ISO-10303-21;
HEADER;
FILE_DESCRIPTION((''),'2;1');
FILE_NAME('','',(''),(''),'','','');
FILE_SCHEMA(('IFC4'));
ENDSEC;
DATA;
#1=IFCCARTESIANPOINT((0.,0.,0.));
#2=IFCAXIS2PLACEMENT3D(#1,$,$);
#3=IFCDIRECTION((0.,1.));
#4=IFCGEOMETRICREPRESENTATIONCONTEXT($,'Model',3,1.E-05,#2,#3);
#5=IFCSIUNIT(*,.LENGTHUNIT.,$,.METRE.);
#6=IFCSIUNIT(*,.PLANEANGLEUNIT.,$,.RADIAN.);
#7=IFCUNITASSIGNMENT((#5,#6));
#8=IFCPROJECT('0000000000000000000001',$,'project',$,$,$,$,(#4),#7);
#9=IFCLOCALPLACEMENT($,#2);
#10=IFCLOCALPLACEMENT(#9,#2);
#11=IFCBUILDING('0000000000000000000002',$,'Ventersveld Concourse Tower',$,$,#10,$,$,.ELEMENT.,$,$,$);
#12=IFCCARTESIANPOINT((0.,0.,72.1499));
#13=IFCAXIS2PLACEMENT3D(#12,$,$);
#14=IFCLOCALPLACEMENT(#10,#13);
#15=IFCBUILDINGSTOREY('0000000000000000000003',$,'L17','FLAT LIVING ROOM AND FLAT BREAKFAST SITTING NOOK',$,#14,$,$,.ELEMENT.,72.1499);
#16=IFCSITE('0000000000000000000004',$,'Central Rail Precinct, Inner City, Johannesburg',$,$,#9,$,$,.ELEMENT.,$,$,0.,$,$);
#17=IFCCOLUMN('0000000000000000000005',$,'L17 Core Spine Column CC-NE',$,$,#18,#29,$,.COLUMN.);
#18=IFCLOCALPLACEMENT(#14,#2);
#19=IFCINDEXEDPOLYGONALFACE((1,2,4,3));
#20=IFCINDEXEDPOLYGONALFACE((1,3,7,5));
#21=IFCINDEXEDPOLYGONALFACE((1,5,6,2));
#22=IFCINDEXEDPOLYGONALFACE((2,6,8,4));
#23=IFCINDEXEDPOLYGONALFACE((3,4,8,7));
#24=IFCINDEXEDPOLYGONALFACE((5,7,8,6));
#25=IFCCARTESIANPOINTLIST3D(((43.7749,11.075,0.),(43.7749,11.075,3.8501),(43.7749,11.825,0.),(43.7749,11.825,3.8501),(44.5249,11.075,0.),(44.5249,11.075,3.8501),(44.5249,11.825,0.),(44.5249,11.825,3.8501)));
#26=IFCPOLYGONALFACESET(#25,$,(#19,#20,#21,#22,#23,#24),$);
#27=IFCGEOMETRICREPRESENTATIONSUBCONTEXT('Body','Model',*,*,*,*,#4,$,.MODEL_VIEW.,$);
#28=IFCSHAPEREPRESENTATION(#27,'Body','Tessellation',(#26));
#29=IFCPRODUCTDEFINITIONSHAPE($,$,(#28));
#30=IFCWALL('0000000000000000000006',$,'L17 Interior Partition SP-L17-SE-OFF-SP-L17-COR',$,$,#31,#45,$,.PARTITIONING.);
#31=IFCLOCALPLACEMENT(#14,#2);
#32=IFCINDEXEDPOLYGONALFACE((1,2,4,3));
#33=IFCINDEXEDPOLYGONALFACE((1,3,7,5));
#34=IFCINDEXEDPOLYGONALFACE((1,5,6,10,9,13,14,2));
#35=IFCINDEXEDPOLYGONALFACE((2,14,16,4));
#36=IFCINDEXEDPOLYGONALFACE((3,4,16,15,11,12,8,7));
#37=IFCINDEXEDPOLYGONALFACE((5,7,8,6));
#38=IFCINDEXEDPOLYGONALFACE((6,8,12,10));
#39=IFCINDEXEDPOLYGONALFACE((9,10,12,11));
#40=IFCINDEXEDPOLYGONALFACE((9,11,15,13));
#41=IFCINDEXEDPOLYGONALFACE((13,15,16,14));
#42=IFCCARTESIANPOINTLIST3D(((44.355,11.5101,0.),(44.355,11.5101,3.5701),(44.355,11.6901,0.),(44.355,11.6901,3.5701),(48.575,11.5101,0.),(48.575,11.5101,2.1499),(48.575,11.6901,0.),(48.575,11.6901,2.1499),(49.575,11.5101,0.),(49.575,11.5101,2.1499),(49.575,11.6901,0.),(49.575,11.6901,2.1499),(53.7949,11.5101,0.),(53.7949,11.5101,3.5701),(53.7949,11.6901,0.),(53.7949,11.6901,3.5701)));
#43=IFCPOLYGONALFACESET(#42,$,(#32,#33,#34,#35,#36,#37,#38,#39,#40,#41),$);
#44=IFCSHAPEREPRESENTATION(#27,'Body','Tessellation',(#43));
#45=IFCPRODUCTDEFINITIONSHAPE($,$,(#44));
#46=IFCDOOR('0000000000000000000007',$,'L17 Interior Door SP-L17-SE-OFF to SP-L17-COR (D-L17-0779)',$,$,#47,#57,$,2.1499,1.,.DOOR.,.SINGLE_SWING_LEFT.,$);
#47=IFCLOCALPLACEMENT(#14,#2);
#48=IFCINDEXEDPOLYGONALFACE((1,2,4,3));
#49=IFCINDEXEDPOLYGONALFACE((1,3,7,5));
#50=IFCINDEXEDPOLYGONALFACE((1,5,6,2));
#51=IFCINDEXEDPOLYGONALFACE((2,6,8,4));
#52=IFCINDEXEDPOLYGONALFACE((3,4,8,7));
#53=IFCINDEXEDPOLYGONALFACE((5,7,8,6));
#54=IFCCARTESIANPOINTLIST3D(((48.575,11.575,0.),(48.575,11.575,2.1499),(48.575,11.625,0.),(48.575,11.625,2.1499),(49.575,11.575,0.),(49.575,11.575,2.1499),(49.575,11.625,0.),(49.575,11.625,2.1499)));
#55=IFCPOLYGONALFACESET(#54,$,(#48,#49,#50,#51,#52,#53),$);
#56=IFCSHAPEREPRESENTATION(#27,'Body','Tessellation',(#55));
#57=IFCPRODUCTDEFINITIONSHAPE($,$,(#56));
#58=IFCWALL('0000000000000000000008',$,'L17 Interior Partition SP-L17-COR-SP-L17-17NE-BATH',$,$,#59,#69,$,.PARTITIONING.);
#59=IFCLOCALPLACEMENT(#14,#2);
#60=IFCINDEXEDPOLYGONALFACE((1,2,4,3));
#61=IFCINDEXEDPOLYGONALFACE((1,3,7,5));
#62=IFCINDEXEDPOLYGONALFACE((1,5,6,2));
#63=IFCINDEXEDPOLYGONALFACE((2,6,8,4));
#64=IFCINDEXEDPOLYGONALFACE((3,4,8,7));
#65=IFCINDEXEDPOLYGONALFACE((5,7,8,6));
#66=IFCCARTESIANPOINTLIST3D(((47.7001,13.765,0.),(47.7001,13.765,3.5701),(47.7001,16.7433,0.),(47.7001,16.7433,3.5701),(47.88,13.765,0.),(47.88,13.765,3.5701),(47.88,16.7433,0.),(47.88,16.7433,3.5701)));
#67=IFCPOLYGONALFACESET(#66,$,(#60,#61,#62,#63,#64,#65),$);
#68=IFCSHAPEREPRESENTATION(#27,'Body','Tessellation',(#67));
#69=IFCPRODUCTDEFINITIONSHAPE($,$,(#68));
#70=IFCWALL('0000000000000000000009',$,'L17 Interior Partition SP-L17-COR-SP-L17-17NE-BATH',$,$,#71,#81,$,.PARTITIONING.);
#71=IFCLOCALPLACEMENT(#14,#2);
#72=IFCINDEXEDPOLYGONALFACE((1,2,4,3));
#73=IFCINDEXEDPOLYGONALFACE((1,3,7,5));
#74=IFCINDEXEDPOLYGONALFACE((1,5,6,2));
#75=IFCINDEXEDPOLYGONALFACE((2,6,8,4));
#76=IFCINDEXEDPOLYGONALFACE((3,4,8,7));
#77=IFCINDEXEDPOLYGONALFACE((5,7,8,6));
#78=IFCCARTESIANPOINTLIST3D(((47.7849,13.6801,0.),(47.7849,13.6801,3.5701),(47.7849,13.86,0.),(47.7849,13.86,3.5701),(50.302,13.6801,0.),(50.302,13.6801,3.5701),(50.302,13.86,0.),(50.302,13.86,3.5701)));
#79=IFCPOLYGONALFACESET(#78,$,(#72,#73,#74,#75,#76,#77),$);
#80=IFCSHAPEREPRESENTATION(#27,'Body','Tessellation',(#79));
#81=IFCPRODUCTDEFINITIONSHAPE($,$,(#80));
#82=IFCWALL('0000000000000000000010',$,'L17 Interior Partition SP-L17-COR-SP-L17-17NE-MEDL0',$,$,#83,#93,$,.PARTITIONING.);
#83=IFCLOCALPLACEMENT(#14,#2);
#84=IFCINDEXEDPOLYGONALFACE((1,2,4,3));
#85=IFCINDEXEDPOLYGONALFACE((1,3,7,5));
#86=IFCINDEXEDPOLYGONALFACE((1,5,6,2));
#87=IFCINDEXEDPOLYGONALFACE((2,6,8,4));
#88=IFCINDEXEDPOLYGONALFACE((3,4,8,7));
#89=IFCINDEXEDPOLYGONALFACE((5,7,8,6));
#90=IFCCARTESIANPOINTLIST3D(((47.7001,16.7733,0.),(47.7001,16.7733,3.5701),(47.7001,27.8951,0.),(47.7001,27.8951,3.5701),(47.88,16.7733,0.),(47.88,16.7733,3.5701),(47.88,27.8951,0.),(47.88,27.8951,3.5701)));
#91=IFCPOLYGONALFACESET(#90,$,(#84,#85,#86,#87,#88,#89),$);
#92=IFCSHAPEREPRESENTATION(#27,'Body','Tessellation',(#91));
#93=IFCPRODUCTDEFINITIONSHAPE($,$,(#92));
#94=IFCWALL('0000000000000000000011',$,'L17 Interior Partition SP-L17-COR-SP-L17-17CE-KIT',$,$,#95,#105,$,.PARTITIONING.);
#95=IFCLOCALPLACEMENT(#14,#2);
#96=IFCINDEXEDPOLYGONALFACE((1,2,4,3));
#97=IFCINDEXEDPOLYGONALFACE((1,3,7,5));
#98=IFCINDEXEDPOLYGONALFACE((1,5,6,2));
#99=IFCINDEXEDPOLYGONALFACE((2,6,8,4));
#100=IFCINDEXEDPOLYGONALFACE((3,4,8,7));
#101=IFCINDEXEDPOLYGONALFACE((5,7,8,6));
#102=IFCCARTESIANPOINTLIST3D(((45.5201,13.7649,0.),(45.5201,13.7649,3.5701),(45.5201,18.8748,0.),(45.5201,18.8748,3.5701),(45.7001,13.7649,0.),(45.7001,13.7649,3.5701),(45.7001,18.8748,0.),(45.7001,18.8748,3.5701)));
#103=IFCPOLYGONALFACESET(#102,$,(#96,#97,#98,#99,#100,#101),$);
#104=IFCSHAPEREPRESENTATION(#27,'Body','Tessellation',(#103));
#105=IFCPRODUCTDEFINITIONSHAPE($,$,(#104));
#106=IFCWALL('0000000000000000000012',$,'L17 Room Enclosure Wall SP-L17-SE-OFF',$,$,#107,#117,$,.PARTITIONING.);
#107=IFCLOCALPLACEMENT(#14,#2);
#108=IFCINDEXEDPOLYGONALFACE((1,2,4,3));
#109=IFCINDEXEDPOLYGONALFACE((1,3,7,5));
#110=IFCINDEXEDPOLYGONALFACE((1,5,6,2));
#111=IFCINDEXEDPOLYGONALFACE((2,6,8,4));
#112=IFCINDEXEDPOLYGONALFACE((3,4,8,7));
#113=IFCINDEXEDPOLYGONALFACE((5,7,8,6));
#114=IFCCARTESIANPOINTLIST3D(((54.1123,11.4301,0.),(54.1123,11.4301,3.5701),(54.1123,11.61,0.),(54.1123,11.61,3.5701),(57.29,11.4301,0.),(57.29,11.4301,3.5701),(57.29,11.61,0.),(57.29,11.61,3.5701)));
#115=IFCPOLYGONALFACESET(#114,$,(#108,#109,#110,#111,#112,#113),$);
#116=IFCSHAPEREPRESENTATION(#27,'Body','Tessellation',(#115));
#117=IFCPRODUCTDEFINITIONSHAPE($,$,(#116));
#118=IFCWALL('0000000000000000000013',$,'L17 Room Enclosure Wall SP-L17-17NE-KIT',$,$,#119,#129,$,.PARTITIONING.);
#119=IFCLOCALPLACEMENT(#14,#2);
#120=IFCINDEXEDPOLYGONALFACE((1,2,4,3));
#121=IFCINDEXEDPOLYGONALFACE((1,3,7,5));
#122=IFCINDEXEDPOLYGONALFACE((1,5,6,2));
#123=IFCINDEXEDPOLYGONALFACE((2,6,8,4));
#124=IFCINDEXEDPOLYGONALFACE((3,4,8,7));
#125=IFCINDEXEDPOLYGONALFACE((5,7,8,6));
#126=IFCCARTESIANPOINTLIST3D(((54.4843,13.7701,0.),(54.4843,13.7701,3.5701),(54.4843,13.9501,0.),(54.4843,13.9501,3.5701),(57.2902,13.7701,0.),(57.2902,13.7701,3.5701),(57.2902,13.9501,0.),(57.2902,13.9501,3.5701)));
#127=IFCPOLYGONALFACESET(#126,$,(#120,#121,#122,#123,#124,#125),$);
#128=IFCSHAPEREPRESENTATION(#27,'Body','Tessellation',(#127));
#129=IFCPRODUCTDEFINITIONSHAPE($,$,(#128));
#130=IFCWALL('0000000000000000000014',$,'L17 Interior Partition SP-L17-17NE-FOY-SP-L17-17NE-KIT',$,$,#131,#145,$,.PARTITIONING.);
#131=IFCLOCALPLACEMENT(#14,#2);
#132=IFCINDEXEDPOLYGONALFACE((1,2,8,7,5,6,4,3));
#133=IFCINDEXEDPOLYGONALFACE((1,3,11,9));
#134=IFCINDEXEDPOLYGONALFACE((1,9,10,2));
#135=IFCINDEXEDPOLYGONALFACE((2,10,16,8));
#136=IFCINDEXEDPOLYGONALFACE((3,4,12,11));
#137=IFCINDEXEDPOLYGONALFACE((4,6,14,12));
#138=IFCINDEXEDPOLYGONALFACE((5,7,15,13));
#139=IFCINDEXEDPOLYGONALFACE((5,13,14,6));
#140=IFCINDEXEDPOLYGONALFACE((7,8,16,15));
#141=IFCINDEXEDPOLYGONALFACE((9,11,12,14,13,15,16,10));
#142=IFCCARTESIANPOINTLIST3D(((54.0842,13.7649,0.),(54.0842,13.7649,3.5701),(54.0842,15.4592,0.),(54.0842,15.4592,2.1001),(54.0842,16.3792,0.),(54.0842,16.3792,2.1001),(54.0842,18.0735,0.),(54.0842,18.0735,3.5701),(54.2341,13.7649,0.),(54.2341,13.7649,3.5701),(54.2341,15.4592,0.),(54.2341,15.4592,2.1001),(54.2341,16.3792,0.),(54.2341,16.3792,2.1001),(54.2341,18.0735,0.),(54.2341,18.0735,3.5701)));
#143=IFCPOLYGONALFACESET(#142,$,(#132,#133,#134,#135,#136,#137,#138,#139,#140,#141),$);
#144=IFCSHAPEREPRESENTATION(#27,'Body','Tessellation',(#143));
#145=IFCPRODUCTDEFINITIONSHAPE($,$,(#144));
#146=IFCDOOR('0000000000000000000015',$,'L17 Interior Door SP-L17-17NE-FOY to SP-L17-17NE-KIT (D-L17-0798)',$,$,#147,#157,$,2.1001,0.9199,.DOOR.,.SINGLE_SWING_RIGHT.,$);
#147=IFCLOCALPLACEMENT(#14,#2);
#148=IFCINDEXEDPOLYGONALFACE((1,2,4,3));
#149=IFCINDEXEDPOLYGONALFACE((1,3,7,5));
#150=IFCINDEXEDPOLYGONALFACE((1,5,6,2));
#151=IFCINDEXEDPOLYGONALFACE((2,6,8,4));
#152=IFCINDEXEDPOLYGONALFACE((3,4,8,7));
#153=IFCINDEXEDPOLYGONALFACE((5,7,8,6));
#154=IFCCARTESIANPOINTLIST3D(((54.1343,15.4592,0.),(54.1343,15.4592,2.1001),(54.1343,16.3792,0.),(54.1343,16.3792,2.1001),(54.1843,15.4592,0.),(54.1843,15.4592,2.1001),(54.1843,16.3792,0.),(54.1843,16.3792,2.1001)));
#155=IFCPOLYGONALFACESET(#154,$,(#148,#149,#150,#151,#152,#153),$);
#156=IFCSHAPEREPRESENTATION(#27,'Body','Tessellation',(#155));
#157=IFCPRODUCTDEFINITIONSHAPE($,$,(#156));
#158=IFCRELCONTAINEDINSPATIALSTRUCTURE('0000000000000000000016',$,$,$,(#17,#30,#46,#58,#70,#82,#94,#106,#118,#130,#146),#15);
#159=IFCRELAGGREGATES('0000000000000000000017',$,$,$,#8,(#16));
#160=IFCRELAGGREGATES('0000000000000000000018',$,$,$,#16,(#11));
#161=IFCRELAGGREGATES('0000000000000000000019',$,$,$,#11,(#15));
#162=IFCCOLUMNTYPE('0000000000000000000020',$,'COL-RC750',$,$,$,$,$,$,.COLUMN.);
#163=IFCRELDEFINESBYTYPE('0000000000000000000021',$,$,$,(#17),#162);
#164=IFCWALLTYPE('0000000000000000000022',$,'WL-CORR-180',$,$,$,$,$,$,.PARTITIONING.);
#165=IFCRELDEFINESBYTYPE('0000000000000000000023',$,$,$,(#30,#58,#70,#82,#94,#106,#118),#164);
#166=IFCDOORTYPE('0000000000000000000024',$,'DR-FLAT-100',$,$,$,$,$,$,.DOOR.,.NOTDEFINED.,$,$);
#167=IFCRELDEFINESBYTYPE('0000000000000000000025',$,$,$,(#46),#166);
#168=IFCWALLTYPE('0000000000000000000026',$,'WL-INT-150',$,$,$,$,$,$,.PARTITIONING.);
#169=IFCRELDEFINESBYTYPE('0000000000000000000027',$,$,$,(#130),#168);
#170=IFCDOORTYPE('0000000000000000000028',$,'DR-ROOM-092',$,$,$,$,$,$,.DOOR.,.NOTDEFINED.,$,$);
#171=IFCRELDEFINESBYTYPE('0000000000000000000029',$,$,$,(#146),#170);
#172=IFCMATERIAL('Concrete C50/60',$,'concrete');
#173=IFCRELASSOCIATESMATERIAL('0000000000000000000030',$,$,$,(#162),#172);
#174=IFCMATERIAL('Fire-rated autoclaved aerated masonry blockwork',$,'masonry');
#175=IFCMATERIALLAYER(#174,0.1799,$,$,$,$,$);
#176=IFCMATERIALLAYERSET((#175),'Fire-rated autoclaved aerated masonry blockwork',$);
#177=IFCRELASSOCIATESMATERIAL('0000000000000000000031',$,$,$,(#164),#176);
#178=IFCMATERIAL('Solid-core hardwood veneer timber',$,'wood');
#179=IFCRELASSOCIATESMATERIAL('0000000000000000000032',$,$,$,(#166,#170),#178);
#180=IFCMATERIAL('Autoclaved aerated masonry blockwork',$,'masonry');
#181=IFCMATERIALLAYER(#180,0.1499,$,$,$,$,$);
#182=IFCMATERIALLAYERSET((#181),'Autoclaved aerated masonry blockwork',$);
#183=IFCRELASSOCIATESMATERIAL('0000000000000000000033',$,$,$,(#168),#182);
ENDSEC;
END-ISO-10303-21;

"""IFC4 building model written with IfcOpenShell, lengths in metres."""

from ifc_helpers import new_model, si_unit, direction, frame, frame_2d, origin, origin_2d, place, context, subcontext, project, spatial, rectangle, extrude, material, layer, layer_set, material_profile, profile_set, type_object, element, fill, save


model = new_model("IFC4")

# Units and contexts
model_context = context("Model", 3, precision=1e-05, world=origin(), true_north=direction((0.0, 1.0)))
body_context = subcontext(model_context, "Body", "Model", "MODEL_VIEW")
ifc_project = project(units=[si_unit("LENGTHUNIT", "METRE"), si_unit("PLANEANGLEUNIT", "RADIAN")], contexts=[model_context])

# Site, building, storey
site_placement = place(None, origin())
site = spatial("IfcSite", under=ifc_project, at=site_placement, Name="Central Rail Precinct, Inner City, Johannesburg", CompositionType="ELEMENT", RefElevation=0.0)
building_placement = place(site_placement, origin())
building = spatial("IfcBuilding", under=site, at=building_placement, Name="Ventersveld Concourse Tower", CompositionType="ELEMENT")
storey_placement = place(building_placement, frame((0.0, 0.0, 72.1499)))
storey = spatial("IfcBuildingStorey", under=building, at=storey_placement, Name="L17", Description="FLAT LIVING ROOM AND FLAT BREAKFAST SITTING NOOK", CompositionType="ELEMENT", Elevation=72.1499)

# Column
ifc_material_1 = material(Name="Concrete C50/60", Category="concrete")
ifc_material_profile = material_profile(ifc_material_1, rectangle(XDim=0.75, YDim=0.75, at=origin_2d()), Name="RC 750x750")
ifc_profile_set = profile_set([ifc_material_profile], Name="Concrete C50/60")
column_type = type_object("IfcColumnType", Name="COL-RC750", PredefinedType="COLUMN", material=ifc_profile_set)
column_placement = place(storey_placement, frame((44.1499, 11.45, 0.0), z_axis=(0.0, 0.0, 1.0), x_axis=(1.0, 0.0, 0.0)))
element("IfcColumn", 1, at=column_placement, inside=storey, type_object=column_type, Name="L17 Core Spine Column CC-NE", PredefinedType="COLUMN", context=body_context, shape_type="SweptSolid", body=[
    extrude(rectangle(XDim=0.75, YDim=0.75, at=origin_2d()), origin(), (0.0, 0.0, 1.0), 3.8501),
])

# Wall, opening, door
ifc_material_2 = material(Name="Fire-rated autoclaved aerated masonry blockwork", Category="masonry")
ifc_layer_1 = layer(ifc_material_2, 0.1799)
ifc_layer_set_1 = layer_set([ifc_layer_1], Name="Fire-rated autoclaved aerated masonry blockwork")
wall_type_1 = type_object("IfcWallType", Name="WL-CORR-180", PredefinedType="PARTITIONING", material=ifc_layer_set_1)
wall_1_placement = place(storey_placement, frame((44.355, 11.6001, 0.0), z_axis=(0.0, 0.0, 1.0), x_axis=(1.0, 0.0, 0.0)))
wall_1 = element("IfcWall", 2, at=wall_1_placement, inside=storey, type_object=wall_type_1, Name="L17 Interior Partition SP-L17-SE-OFF-SP-L17-COR", PredefinedType="PARTITIONING", context=body_context, shape_type="SweptSolid", body=[
    extrude(rectangle(XDim=9.4399, YDim=0.1799, at=frame_2d((4.72, 0.0))), origin(), (0.0, 0.0, 1.0), 3.5701),
])
opening_1_placement = place(wall_1_placement, frame((4.22, 0.0, 0.0)))
opening_1 = element("IfcOpeningElement", 3, at=opening_1_placement, cuts=wall_1, PredefinedType="OPENING", context=body_context, shape_type="SweptSolid", body=[
    extrude(rectangle(XDim=1.0, YDim=2.1499, at=frame_2d((0.5, 1.075))), frame((0.0, 0.1001, 0.0), z_axis=(0.0, -1.0, 0.0), x_axis=(1.0, 0.0, 0.0)), (0.0, 0.0, 1.0), 0.2),
])
ifc_material_3 = material(Name="Solid-core hardwood veneer timber", Category="wood")
door_type_1 = type_object("IfcDoorType", Name="DR-FLAT-100", OperationType="NOTDEFINED", PredefinedType="DOOR", material=ifc_material_3)
door_1_placement = place(opening_1_placement, origin())
door_1 = element("IfcDoor", 4, at=door_1_placement, inside=storey, type_object=door_type_1, Name="L17 Interior Door SP-L17-SE-OFF to SP-L17-COR (D-L17-0779)", OperationType="SINGLE_SWING_LEFT", OverallHeight=2.1499, OverallWidth=1.0, PredefinedType="DOOR", context=body_context, shape_type="SweptSolid", body=[
    extrude(rectangle(XDim=1.0, YDim=2.1499, at=frame_2d((0.5, 1.075))), frame((0.0, 0.0249, 0.0), z_axis=(0.0, -1.0, 0.0), x_axis=(1.0, 0.0, 0.0)), (0.0, 0.0, 1.0), 0.05),
])
fill(opening_1, door_1)

# Walls
wall_2_placement = place(storey_placement, frame((47.79, 13.7649, 0.0), z_axis=(0.0, 0.0, 1.0), x_axis=(0.0, 1.0, 0.0)))
element("IfcWall", 5, at=wall_2_placement, inside=storey, type_object=wall_type_1, Name="L17 Interior Partition SP-L17-COR-SP-L17-17NE-BATH", PredefinedType="PARTITIONING", context=body_context, shape_type="SweptSolid", body=[
    extrude(rectangle(XDim=2.9783, YDim=0.1799, at=frame_2d((1.4893, 0.0))), origin(), (0.0, 0.0, 1.0), 3.5701),
])
wall_3_placement = place(storey_placement, frame((47.7849, 13.77, 0.0), z_axis=(0.0, 0.0, 1.0), x_axis=(1.0, 0.0, 0.0)))
element("IfcWall", 6, at=wall_3_placement, inside=storey, type_object=wall_type_1, Name="L17 Interior Partition SP-L17-COR-SP-L17-17NE-BATH", PredefinedType="PARTITIONING", context=body_context, shape_type="SweptSolid", body=[
    extrude(rectangle(XDim=2.5171, YDim=0.1799, at=frame_2d((1.2585, 0.0))), origin(), (0.0, 0.0, 1.0), 3.5701),
])
wall_4_placement = place(storey_placement, frame((47.79, 16.7732, 0.0), z_axis=(0.0, 0.0, 1.0), x_axis=(0.0, 1.0, 0.0)))
element("IfcWall", 7, at=wall_4_placement, inside=storey, type_object=wall_type_1, Name="L17 Interior Partition SP-L17-COR-SP-L17-17NE-MEDL0", PredefinedType="PARTITIONING", context=body_context, shape_type="SweptSolid", body=[
    extrude(rectangle(XDim=11.1218, YDim=0.1799, at=frame_2d((5.561, 0.0))), origin(), (0.0, 0.0, 1.0), 3.5701),
])
wall_5_placement = place(storey_placement, frame((45.6101, 13.7649, 0.0), z_axis=(0.0, 0.0, 1.0), x_axis=(0.0, 1.0, 0.0)))
element("IfcWall", 8, at=wall_5_placement, inside=storey, type_object=wall_type_1, Name="L17 Interior Partition SP-L17-COR-SP-L17-17CE-KIT", PredefinedType="PARTITIONING", context=body_context, shape_type="SweptSolid", body=[
    extrude(rectangle(XDim=5.1099, YDim=0.1799, at=frame_2d((2.5549, 0.0))), origin(), (0.0, 0.0, 1.0), 3.5701),
])
wall_6_placement = place(storey_placement, frame((54.1123, 11.52, 0.0), z_axis=(0.0, 0.0, 1.0), x_axis=(1.0, 0.0, 0.0)))
element("IfcWall", 9, at=wall_6_placement, inside=storey, type_object=wall_type_1, Name="L17 Room Enclosure Wall SP-L17-SE-OFF", PredefinedType="PARTITIONING", context=body_context, shape_type="SweptSolid", body=[
    extrude(rectangle(XDim=3.1777, YDim=0.1799, at=frame_2d((1.5889, 0.0))), origin(), (0.0, 0.0, 1.0), 3.5701),
])
wall_7_placement = place(storey_placement, frame((57.29, 13.8601, 0.0), z_axis=(0.0, 0.0, 1.0), x_axis=(-1.0, 0.0, 0.0)))
element("IfcWall", 10, at=wall_7_placement, inside=storey, type_object=wall_type_1, Name="L17 Room Enclosure Wall SP-L17-17NE-KIT", PredefinedType="PARTITIONING", context=body_context, shape_type="SweptSolid", body=[
    extrude(rectangle(XDim=2.8059, YDim=0.1799, at=frame_2d((1.4028, 0.0))), origin(), (0.0, 0.0, 1.0), 3.5701),
])

# Wall, opening, door
ifc_material_4 = material(Name="Autoclaved aerated masonry blockwork", Category="masonry")
ifc_layer_2 = layer(ifc_material_4, 0.1499)
ifc_layer_set_2 = layer_set([ifc_layer_2], Name="Autoclaved aerated masonry blockwork")
wall_type_2 = type_object("IfcWallType", Name="WL-INT-150", PredefinedType="PARTITIONING", material=ifc_layer_set_2)
wall_8_placement = place(storey_placement, frame((54.1592, 13.7649, 0.0), z_axis=(0.0, 0.0, 1.0), x_axis=(0.0, 1.0, 0.0)))
wall_8 = element("IfcWall", 11, at=wall_8_placement, inside=storey, type_object=wall_type_2, Name="L17 Interior Partition SP-L17-17NE-FOY-SP-L17-17NE-KIT", PredefinedType="PARTITIONING", context=body_context, shape_type="SweptSolid", body=[
    extrude(rectangle(XDim=4.3086, YDim=0.1499, at=frame_2d((2.1543, 0.0))), origin(), (0.0, 0.0, 1.0), 3.5701),
])
opening_2_placement = place(wall_8_placement, frame((1.6943, 0.0, 0.0)))
opening_2 = element("IfcOpeningElement", 12, at=opening_2_placement, cuts=wall_8, PredefinedType="OPENING", context=body_context, shape_type="SweptSolid", body=[
    extrude(rectangle(XDim=0.9199, YDim=2.1001, at=frame_2d((0.46, 1.05))), frame((0.0, 0.085, 0.0), z_axis=(0.0, -1.0, 0.0), x_axis=(1.0, 0.0, 0.0)), (0.0, 0.0, 1.0), 0.1699),
])
door_type_2 = type_object("IfcDoorType", Name="DR-ROOM-092", OperationType="NOTDEFINED", PredefinedType="DOOR", material=ifc_material_3)
door_2_placement = place(opening_2_placement, origin())
door_2 = element("IfcDoor", 13, at=door_2_placement, inside=storey, type_object=door_type_2, Name="L17 Interior Door SP-L17-17NE-FOY to SP-L17-17NE-KIT (D-L17-0798)", OperationType="SINGLE_SWING_RIGHT", OverallHeight=2.1001, OverallWidth=0.9199, PredefinedType="DOOR", context=body_context, shape_type="SweptSolid", body=[
    extrude(rectangle(XDim=0.9199, YDim=2.1001, at=frame_2d((0.46, 1.05))), frame((0.0, 0.0249, 0.0), z_axis=(0.0, -1.0, 0.0), x_axis=(1.0, 0.0, 0.0)), (0.0, 0.0, 1.0), 0.05),
])
fill(opening_2, door_2)

save(model, "model.ifc")
